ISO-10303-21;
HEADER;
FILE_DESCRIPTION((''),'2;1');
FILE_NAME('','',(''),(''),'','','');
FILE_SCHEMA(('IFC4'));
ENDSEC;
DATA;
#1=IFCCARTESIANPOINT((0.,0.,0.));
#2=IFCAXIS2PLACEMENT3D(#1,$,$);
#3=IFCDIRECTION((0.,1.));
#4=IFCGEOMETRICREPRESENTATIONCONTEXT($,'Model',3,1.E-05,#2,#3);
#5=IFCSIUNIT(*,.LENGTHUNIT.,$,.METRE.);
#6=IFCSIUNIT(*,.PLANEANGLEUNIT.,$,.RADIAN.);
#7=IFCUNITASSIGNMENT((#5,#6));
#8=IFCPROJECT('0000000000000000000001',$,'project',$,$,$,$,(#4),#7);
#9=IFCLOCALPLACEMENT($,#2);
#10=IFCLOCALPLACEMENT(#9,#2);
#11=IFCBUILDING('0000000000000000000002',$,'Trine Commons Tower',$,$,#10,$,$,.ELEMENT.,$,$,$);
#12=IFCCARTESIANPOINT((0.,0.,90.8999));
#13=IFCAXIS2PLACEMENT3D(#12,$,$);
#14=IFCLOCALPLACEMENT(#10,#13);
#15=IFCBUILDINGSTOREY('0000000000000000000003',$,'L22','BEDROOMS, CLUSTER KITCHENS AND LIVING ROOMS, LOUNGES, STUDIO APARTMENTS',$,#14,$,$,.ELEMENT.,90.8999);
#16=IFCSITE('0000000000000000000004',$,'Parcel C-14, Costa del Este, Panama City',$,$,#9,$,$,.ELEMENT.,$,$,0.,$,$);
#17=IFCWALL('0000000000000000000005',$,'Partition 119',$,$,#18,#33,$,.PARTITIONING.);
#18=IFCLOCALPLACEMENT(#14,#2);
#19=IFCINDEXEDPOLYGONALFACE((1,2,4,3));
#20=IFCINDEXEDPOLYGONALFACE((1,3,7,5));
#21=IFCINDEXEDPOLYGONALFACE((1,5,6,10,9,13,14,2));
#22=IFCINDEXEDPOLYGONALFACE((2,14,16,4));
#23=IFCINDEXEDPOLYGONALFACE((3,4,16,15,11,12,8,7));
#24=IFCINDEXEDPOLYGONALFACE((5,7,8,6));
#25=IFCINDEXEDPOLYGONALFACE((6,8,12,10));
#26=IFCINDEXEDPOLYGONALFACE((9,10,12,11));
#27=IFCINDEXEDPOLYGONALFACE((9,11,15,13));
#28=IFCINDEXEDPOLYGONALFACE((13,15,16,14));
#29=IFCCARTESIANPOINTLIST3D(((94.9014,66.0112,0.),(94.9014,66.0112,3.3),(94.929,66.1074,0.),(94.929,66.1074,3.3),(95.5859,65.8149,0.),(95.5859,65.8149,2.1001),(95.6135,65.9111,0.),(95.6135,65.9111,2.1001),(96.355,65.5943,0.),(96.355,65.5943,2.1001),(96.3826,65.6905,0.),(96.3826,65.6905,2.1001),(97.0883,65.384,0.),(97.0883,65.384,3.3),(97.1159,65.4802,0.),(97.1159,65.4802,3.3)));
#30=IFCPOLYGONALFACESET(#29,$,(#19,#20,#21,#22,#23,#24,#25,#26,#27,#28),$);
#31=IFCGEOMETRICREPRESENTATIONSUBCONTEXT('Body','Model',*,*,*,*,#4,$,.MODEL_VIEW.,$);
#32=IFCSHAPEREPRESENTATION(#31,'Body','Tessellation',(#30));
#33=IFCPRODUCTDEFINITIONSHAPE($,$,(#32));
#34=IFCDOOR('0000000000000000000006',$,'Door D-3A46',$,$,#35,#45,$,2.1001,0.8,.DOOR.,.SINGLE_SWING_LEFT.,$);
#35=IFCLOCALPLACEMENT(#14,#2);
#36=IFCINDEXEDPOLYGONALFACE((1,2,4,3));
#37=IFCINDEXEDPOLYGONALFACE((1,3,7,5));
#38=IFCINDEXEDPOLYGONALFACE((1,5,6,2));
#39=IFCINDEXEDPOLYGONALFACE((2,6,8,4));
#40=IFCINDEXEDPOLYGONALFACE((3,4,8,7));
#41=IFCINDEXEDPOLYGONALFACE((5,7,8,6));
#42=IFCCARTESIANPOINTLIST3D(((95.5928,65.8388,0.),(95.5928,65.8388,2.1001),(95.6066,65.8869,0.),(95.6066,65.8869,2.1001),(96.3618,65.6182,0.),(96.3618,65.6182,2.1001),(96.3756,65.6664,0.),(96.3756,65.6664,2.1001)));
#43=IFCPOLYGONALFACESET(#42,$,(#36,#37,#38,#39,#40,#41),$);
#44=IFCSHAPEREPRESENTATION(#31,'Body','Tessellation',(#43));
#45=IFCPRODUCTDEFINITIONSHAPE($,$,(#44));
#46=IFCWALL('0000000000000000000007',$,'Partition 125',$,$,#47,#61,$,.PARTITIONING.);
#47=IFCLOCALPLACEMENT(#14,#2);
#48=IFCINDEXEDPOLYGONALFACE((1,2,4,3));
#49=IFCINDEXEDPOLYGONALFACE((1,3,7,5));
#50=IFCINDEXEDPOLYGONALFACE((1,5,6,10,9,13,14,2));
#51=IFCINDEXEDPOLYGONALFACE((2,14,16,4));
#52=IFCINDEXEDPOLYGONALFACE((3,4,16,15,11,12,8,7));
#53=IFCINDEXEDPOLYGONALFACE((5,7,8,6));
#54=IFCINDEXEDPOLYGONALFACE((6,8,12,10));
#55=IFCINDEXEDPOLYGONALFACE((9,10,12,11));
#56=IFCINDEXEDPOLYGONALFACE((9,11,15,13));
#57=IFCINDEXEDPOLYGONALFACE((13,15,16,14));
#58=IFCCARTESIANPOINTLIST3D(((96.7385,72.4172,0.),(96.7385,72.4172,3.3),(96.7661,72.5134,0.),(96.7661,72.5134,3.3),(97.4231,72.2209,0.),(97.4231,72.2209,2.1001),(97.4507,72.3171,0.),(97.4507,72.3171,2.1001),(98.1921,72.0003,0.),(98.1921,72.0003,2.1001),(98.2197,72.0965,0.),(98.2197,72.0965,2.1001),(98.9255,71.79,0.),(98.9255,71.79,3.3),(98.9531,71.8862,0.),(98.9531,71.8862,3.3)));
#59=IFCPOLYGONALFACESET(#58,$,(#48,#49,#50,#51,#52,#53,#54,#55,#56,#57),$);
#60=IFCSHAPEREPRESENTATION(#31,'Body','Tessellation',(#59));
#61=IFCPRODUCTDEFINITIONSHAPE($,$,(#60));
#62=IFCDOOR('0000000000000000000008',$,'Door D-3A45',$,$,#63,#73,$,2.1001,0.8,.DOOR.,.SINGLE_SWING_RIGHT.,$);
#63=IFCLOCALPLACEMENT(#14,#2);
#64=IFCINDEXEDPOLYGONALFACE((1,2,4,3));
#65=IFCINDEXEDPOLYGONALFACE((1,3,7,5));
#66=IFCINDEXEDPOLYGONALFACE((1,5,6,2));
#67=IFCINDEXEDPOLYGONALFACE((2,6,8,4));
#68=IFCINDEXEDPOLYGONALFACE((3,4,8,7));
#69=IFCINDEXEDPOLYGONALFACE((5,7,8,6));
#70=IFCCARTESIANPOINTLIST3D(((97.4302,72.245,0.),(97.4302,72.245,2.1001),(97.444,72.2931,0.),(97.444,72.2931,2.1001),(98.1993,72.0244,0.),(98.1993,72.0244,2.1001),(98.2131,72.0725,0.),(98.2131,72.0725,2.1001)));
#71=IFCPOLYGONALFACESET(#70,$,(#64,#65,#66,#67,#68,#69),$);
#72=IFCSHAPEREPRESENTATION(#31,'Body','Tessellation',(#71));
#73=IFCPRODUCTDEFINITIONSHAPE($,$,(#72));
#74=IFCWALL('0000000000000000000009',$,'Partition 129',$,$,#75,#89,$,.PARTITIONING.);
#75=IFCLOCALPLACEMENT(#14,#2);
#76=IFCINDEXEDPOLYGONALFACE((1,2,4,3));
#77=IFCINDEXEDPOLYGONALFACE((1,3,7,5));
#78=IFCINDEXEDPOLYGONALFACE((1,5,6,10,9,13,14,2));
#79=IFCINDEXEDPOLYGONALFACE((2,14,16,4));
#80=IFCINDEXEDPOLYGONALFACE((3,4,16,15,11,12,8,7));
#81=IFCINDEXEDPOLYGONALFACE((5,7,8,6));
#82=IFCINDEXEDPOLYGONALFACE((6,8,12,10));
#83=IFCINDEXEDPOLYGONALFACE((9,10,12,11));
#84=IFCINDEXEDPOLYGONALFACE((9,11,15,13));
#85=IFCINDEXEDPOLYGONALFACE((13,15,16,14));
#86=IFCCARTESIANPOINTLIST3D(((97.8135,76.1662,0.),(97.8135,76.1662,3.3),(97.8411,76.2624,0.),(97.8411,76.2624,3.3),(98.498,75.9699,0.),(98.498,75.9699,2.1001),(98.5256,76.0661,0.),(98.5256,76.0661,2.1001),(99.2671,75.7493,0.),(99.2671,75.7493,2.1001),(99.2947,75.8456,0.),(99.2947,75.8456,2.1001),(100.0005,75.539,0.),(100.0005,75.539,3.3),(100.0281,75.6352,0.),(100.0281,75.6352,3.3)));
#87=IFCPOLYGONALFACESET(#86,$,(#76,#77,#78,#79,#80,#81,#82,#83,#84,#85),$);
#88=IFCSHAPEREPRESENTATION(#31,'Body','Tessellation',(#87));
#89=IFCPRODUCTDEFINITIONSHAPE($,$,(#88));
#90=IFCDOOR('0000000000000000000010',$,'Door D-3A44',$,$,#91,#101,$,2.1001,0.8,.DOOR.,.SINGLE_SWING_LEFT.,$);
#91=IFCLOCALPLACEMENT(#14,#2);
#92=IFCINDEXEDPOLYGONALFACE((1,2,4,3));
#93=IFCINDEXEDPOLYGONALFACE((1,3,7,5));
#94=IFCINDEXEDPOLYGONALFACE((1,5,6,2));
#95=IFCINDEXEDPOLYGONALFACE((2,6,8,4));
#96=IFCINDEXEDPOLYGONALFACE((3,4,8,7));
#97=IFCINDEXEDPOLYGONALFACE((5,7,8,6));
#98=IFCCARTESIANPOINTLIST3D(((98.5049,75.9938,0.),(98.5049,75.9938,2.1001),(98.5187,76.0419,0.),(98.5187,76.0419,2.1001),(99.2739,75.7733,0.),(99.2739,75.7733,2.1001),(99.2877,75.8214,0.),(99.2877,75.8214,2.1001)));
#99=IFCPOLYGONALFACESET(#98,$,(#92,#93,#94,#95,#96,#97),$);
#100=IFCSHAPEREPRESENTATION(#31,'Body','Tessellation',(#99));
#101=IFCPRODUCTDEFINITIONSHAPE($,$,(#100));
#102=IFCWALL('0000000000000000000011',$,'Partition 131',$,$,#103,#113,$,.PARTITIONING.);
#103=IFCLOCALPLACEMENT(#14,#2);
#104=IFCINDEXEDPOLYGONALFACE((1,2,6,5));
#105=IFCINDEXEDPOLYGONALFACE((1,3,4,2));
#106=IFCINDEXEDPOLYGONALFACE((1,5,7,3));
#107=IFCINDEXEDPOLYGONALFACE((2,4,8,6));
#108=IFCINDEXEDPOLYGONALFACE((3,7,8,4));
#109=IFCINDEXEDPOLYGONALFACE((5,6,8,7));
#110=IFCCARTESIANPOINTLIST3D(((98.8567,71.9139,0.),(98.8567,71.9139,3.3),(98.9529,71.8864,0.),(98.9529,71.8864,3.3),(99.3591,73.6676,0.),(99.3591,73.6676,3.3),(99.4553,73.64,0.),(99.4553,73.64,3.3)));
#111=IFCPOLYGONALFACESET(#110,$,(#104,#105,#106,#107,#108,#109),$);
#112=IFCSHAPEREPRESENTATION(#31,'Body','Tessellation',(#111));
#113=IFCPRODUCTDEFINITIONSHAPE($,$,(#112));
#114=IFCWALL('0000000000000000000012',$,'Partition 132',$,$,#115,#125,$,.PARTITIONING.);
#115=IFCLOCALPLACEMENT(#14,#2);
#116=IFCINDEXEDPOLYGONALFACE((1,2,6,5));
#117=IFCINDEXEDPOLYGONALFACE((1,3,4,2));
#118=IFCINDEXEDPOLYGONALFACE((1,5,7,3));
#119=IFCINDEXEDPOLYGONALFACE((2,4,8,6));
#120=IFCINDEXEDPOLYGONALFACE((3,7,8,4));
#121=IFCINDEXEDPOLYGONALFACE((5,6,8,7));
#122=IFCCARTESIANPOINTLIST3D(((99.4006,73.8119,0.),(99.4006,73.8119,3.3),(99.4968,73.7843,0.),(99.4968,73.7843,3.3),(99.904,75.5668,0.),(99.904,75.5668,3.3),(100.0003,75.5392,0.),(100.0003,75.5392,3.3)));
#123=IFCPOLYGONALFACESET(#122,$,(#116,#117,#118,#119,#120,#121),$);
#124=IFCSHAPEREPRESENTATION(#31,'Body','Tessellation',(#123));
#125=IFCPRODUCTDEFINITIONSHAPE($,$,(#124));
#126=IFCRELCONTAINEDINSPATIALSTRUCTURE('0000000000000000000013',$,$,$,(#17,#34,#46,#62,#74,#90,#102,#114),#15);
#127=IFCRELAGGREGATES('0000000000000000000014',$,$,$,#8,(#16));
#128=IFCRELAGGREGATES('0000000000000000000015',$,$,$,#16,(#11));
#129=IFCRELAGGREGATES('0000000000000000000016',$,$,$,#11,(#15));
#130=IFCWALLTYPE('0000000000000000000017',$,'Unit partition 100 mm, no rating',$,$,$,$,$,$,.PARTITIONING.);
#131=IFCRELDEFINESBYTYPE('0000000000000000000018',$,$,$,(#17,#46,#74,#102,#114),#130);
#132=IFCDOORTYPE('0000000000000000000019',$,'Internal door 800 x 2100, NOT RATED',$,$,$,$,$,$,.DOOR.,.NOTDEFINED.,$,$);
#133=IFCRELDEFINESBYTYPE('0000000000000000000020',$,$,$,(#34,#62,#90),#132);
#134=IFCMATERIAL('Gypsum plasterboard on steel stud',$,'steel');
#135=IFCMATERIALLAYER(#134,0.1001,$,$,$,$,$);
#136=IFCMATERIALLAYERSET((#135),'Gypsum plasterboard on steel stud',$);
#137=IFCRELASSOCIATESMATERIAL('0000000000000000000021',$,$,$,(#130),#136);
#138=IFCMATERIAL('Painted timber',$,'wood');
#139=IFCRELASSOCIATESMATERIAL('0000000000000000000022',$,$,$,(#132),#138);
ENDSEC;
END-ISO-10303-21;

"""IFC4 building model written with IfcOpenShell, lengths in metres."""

from ifc_helpers import new_model, si_unit, direction, frame, frame_2d, origin, place, context, subcontext, project, spatial, rectangle, extrude, material, layer, layer_set, type_object, element, fill, save


model = new_model("IFC4")

# Units and contexts
model_context = context("Model", 3, precision=1e-05, world=origin(), true_north=direction((0.0, 1.0)))
body_context = subcontext(model_context, "Body", "Model", "MODEL_VIEW")
ifc_project = project(units=[si_unit("LENGTHUNIT", "METRE"), si_unit("PLANEANGLEUNIT", "RADIAN")], contexts=[model_context])

# Site, building, storey
site_placement = place(None, origin())
site = spatial("IfcSite", under=ifc_project, at=site_placement, Name="Parcel C-14, Costa del Este, Panama City", CompositionType="ELEMENT", RefElevation=0.0)
building_placement = place(site_placement, origin())
building = spatial("IfcBuilding", under=site, at=building_placement, Name="Trine Commons Tower", CompositionType="ELEMENT")
storey_placement = place(building_placement, frame((0.0, 0.0, 90.8999)))
storey = spatial("IfcBuildingStorey", under=building, at=storey_placement, Name="L22", Description="BEDROOMS, CLUSTER KITCHENS AND LIVING ROOMS, LOUNGES, STUDIO APARTMENTS", CompositionType="ELEMENT", Elevation=90.8999)

# Shared definitions
ifc_material_1 = material(Name="Gypsum plasterboard on steel stud", Category="steel")

# Walls, openings, doors
ifc_layer_1 = layer(ifc_material_1, 0.1001)
ifc_layer_set_1 = layer_set([ifc_layer_1], Name="Gypsum plasterboard on steel stud")
wall_type_1 = type_object("IfcWallType", Name="Unit partition 100 mm, no rating", PredefinedType="PARTITIONING", material=ifc_layer_set_1)
wall_1_placement = place(storey_placement, frame((94.915, 66.0593, 0.0), z_axis=(0.0, 0.0, 1.0), x_axis=(0.961252, -0.275671, 0.0)))
wall_1 = element("IfcWall", 1, at=wall_1_placement, inside=storey, type_object=wall_type_1, Name="Partition 119", PredefinedType="PARTITIONING", context=body_context, shape_type="SweptSolid", body=[
    extrude(rectangle(XDim=2.2751, YDim=0.1001, at=frame_2d((1.1377, 0.0))), origin(), (0.0, 0.0, 1.0), 3.3),
])
opening_1_placement = place(wall_1_placement, frame((0.7124, 0.0, 0.0)))
opening_1 = element("IfcOpeningElement", 2, at=opening_1_placement, cuts=wall_1, PredefinedType="OPENING", context=body_context, shape_type="SweptSolid", body=[
    extrude(rectangle(XDim=0.8, YDim=2.1001, at=frame_2d((0.3999, 1.05))), frame((0.0, 0.0601, 0.0), z_axis=(0.0, -1.0, 0.0), x_axis=(1.0, 0.0, 0.0)), (0.0, 0.0, 1.0), 0.1201),
])
ifc_material_2 = material(Name="Painted timber", Category="wood")
door_type_1 = type_object("IfcDoorType", Name="Internal door 800 x 2100, NOT RATED", OperationType="NOTDEFINED", PredefinedType="DOOR", material=ifc_material_2)
door_1_placement = place(opening_1_placement, origin())
door_1 = element("IfcDoor", 3, at=door_1_placement, inside=storey, type_object=door_type_1, Name="Door D-3A46", OperationType="SINGLE_SWING_LEFT", OverallHeight=2.1001, OverallWidth=0.8, PredefinedType="DOOR", context=body_context, shape_type="SweptSolid", body=[
    extrude(rectangle(XDim=0.8, YDim=2.1001, at=frame_2d((0.3999, 1.05))), frame((0.0, 0.0249, 0.0), z_axis=(0.0, -1.0, 0.0), x_axis=(1.0, 0.0, 0.0)), (0.0, 0.0, 1.0), 0.05),
])
fill(opening_1, door_1)
wall_2_placement = place(storey_placement, frame((96.7522, 72.4653, 0.0), z_axis=(0.0, 0.0, 1.0), x_axis=(0.961252, -0.275671, 0.0)))
wall_2 = element("IfcWall", 4, at=wall_2_placement, inside=storey, type_object=wall_type_1, Name="Partition 125", PredefinedType="PARTITIONING", context=body_context, shape_type="SweptSolid", body=[
    extrude(rectangle(XDim=2.2751, YDim=0.1001, at=frame_2d((1.1377, 0.0))), origin(), (0.0, 0.0, 1.0), 3.3),
])
opening_2_placement = place(wall_2_placement, frame((0.7124, 0.0, 0.0)))
opening_2 = element("IfcOpeningElement", 5, at=opening_2_placement, cuts=wall_2, PredefinedType="OPENING", context=body_context, shape_type="SweptSolid", body=[
    extrude(rectangle(XDim=0.8, YDim=2.1001, at=frame_2d((0.3999, 1.05))), frame((0.0, 0.0601, 0.0), z_axis=(0.0, -1.0, 0.0), x_axis=(1.0, 0.0, 0.0)), (0.0, 0.0, 1.0), 0.1201),
])
door_2_placement = place(opening_2_placement, frame((0.8, 0.0, 0.0), z_axis=(0.0, 0.0, 1.0), x_axis=(-1.0, 0.0, 0.0)))
door_2 = element("IfcDoor", 6, at=door_2_placement, inside=storey, type_object=door_type_1, Name="Door D-3A45", OperationType="SINGLE_SWING_RIGHT", OverallHeight=2.1001, OverallWidth=0.8, PredefinedType="DOOR", context=body_context, shape_type="SweptSolid", body=[
    extrude(rectangle(XDim=0.8, YDim=2.1001, at=frame_2d((0.3999, 1.05))), frame((0.0, 0.0249, 0.0), z_axis=(0.0, -1.0, 0.0), x_axis=(1.0, 0.0, 0.0)), (0.0, 0.0, 1.0), 0.05),
])
fill(opening_2, door_2)
wall_3_placement = place(storey_placement, frame((97.8271, 76.2144, 0.0), z_axis=(0.0, 0.0, 1.0), x_axis=(0.961252, -0.275671, 0.0)))
wall_3 = element("IfcWall", 7, at=wall_3_placement, inside=storey, type_object=wall_type_1, Name="Partition 129", PredefinedType="PARTITIONING", context=body_context, shape_type="SweptSolid", body=[
    extrude(rectangle(XDim=2.2751, YDim=0.1001, at=frame_2d((1.1377, 0.0))), origin(), (0.0, 0.0, 1.0), 3.3),
])
opening_3_placement = place(wall_3_placement, frame((0.7124, 0.0, 0.0)))
opening_3 = element("IfcOpeningElement", 8, at=opening_3_placement, cuts=wall_3, PredefinedType="OPENING", context=body_context, shape_type="SweptSolid", body=[
    extrude(rectangle(XDim=0.8, YDim=2.1001, at=frame_2d((0.3999, 1.05))), frame((0.0, 0.0601, 0.0), z_axis=(0.0, -1.0, 0.0), x_axis=(1.0, 0.0, 0.0)), (0.0, 0.0, 1.0), 0.1201),
])
door_3_placement = place(opening_3_placement, origin())
door_3 = element("IfcDoor", 9, at=door_3_placement, inside=storey, type_object=door_type_1, Name="Door D-3A44", OperationType="SINGLE_SWING_LEFT", OverallHeight=2.1001, OverallWidth=0.8, PredefinedType="DOOR", context=body_context, shape_type="SweptSolid", body=[
    extrude(rectangle(XDim=0.8, YDim=2.1001, at=frame_2d((0.3999, 1.05))), frame((0.0, 0.0249, 0.0), z_axis=(0.0, -1.0, 0.0), x_axis=(1.0, 0.0, 0.0)), (0.0, 0.0, 1.0), 0.05),
])
fill(opening_3, door_3)

# Walls
wall_4_placement = place(storey_placement, frame((98.9048, 71.9001, 0.0), z_axis=(0.0, 0.0, 1.0), x_axis=(0.275428, 0.961322, 0.0)))
element("IfcWall", 10, at=wall_4_placement, inside=storey, type_object=wall_type_1, Name="Partition 131", PredefinedType="PARTITIONING", context=body_context, shape_type="SweptSolid", body=[
    extrude(rectangle(XDim=1.8242, YDim=0.1001, at=frame_2d((0.9121, 0.0))), origin(), (0.0, 0.0, 1.0), 3.3),
])
wall_5_placement = place(storey_placement, frame((99.4487, 73.7981, 0.0), z_axis=(0.0, 0.0, 1.0), x_axis=(0.275745, 0.961231, 0.0)))
element("IfcWall", 11, at=wall_5_placement, inside=storey, type_object=wall_type_1, Name="Partition 132", PredefinedType="PARTITIONING", context=body_context, shape_type="SweptSolid", body=[
    extrude(rectangle(XDim=1.8257, YDim=0.1001, at=frame_2d((0.9128, 0.0))), origin(), (0.0, 0.0, 1.0), 3.3),
])

save(model, "model.ifc")
